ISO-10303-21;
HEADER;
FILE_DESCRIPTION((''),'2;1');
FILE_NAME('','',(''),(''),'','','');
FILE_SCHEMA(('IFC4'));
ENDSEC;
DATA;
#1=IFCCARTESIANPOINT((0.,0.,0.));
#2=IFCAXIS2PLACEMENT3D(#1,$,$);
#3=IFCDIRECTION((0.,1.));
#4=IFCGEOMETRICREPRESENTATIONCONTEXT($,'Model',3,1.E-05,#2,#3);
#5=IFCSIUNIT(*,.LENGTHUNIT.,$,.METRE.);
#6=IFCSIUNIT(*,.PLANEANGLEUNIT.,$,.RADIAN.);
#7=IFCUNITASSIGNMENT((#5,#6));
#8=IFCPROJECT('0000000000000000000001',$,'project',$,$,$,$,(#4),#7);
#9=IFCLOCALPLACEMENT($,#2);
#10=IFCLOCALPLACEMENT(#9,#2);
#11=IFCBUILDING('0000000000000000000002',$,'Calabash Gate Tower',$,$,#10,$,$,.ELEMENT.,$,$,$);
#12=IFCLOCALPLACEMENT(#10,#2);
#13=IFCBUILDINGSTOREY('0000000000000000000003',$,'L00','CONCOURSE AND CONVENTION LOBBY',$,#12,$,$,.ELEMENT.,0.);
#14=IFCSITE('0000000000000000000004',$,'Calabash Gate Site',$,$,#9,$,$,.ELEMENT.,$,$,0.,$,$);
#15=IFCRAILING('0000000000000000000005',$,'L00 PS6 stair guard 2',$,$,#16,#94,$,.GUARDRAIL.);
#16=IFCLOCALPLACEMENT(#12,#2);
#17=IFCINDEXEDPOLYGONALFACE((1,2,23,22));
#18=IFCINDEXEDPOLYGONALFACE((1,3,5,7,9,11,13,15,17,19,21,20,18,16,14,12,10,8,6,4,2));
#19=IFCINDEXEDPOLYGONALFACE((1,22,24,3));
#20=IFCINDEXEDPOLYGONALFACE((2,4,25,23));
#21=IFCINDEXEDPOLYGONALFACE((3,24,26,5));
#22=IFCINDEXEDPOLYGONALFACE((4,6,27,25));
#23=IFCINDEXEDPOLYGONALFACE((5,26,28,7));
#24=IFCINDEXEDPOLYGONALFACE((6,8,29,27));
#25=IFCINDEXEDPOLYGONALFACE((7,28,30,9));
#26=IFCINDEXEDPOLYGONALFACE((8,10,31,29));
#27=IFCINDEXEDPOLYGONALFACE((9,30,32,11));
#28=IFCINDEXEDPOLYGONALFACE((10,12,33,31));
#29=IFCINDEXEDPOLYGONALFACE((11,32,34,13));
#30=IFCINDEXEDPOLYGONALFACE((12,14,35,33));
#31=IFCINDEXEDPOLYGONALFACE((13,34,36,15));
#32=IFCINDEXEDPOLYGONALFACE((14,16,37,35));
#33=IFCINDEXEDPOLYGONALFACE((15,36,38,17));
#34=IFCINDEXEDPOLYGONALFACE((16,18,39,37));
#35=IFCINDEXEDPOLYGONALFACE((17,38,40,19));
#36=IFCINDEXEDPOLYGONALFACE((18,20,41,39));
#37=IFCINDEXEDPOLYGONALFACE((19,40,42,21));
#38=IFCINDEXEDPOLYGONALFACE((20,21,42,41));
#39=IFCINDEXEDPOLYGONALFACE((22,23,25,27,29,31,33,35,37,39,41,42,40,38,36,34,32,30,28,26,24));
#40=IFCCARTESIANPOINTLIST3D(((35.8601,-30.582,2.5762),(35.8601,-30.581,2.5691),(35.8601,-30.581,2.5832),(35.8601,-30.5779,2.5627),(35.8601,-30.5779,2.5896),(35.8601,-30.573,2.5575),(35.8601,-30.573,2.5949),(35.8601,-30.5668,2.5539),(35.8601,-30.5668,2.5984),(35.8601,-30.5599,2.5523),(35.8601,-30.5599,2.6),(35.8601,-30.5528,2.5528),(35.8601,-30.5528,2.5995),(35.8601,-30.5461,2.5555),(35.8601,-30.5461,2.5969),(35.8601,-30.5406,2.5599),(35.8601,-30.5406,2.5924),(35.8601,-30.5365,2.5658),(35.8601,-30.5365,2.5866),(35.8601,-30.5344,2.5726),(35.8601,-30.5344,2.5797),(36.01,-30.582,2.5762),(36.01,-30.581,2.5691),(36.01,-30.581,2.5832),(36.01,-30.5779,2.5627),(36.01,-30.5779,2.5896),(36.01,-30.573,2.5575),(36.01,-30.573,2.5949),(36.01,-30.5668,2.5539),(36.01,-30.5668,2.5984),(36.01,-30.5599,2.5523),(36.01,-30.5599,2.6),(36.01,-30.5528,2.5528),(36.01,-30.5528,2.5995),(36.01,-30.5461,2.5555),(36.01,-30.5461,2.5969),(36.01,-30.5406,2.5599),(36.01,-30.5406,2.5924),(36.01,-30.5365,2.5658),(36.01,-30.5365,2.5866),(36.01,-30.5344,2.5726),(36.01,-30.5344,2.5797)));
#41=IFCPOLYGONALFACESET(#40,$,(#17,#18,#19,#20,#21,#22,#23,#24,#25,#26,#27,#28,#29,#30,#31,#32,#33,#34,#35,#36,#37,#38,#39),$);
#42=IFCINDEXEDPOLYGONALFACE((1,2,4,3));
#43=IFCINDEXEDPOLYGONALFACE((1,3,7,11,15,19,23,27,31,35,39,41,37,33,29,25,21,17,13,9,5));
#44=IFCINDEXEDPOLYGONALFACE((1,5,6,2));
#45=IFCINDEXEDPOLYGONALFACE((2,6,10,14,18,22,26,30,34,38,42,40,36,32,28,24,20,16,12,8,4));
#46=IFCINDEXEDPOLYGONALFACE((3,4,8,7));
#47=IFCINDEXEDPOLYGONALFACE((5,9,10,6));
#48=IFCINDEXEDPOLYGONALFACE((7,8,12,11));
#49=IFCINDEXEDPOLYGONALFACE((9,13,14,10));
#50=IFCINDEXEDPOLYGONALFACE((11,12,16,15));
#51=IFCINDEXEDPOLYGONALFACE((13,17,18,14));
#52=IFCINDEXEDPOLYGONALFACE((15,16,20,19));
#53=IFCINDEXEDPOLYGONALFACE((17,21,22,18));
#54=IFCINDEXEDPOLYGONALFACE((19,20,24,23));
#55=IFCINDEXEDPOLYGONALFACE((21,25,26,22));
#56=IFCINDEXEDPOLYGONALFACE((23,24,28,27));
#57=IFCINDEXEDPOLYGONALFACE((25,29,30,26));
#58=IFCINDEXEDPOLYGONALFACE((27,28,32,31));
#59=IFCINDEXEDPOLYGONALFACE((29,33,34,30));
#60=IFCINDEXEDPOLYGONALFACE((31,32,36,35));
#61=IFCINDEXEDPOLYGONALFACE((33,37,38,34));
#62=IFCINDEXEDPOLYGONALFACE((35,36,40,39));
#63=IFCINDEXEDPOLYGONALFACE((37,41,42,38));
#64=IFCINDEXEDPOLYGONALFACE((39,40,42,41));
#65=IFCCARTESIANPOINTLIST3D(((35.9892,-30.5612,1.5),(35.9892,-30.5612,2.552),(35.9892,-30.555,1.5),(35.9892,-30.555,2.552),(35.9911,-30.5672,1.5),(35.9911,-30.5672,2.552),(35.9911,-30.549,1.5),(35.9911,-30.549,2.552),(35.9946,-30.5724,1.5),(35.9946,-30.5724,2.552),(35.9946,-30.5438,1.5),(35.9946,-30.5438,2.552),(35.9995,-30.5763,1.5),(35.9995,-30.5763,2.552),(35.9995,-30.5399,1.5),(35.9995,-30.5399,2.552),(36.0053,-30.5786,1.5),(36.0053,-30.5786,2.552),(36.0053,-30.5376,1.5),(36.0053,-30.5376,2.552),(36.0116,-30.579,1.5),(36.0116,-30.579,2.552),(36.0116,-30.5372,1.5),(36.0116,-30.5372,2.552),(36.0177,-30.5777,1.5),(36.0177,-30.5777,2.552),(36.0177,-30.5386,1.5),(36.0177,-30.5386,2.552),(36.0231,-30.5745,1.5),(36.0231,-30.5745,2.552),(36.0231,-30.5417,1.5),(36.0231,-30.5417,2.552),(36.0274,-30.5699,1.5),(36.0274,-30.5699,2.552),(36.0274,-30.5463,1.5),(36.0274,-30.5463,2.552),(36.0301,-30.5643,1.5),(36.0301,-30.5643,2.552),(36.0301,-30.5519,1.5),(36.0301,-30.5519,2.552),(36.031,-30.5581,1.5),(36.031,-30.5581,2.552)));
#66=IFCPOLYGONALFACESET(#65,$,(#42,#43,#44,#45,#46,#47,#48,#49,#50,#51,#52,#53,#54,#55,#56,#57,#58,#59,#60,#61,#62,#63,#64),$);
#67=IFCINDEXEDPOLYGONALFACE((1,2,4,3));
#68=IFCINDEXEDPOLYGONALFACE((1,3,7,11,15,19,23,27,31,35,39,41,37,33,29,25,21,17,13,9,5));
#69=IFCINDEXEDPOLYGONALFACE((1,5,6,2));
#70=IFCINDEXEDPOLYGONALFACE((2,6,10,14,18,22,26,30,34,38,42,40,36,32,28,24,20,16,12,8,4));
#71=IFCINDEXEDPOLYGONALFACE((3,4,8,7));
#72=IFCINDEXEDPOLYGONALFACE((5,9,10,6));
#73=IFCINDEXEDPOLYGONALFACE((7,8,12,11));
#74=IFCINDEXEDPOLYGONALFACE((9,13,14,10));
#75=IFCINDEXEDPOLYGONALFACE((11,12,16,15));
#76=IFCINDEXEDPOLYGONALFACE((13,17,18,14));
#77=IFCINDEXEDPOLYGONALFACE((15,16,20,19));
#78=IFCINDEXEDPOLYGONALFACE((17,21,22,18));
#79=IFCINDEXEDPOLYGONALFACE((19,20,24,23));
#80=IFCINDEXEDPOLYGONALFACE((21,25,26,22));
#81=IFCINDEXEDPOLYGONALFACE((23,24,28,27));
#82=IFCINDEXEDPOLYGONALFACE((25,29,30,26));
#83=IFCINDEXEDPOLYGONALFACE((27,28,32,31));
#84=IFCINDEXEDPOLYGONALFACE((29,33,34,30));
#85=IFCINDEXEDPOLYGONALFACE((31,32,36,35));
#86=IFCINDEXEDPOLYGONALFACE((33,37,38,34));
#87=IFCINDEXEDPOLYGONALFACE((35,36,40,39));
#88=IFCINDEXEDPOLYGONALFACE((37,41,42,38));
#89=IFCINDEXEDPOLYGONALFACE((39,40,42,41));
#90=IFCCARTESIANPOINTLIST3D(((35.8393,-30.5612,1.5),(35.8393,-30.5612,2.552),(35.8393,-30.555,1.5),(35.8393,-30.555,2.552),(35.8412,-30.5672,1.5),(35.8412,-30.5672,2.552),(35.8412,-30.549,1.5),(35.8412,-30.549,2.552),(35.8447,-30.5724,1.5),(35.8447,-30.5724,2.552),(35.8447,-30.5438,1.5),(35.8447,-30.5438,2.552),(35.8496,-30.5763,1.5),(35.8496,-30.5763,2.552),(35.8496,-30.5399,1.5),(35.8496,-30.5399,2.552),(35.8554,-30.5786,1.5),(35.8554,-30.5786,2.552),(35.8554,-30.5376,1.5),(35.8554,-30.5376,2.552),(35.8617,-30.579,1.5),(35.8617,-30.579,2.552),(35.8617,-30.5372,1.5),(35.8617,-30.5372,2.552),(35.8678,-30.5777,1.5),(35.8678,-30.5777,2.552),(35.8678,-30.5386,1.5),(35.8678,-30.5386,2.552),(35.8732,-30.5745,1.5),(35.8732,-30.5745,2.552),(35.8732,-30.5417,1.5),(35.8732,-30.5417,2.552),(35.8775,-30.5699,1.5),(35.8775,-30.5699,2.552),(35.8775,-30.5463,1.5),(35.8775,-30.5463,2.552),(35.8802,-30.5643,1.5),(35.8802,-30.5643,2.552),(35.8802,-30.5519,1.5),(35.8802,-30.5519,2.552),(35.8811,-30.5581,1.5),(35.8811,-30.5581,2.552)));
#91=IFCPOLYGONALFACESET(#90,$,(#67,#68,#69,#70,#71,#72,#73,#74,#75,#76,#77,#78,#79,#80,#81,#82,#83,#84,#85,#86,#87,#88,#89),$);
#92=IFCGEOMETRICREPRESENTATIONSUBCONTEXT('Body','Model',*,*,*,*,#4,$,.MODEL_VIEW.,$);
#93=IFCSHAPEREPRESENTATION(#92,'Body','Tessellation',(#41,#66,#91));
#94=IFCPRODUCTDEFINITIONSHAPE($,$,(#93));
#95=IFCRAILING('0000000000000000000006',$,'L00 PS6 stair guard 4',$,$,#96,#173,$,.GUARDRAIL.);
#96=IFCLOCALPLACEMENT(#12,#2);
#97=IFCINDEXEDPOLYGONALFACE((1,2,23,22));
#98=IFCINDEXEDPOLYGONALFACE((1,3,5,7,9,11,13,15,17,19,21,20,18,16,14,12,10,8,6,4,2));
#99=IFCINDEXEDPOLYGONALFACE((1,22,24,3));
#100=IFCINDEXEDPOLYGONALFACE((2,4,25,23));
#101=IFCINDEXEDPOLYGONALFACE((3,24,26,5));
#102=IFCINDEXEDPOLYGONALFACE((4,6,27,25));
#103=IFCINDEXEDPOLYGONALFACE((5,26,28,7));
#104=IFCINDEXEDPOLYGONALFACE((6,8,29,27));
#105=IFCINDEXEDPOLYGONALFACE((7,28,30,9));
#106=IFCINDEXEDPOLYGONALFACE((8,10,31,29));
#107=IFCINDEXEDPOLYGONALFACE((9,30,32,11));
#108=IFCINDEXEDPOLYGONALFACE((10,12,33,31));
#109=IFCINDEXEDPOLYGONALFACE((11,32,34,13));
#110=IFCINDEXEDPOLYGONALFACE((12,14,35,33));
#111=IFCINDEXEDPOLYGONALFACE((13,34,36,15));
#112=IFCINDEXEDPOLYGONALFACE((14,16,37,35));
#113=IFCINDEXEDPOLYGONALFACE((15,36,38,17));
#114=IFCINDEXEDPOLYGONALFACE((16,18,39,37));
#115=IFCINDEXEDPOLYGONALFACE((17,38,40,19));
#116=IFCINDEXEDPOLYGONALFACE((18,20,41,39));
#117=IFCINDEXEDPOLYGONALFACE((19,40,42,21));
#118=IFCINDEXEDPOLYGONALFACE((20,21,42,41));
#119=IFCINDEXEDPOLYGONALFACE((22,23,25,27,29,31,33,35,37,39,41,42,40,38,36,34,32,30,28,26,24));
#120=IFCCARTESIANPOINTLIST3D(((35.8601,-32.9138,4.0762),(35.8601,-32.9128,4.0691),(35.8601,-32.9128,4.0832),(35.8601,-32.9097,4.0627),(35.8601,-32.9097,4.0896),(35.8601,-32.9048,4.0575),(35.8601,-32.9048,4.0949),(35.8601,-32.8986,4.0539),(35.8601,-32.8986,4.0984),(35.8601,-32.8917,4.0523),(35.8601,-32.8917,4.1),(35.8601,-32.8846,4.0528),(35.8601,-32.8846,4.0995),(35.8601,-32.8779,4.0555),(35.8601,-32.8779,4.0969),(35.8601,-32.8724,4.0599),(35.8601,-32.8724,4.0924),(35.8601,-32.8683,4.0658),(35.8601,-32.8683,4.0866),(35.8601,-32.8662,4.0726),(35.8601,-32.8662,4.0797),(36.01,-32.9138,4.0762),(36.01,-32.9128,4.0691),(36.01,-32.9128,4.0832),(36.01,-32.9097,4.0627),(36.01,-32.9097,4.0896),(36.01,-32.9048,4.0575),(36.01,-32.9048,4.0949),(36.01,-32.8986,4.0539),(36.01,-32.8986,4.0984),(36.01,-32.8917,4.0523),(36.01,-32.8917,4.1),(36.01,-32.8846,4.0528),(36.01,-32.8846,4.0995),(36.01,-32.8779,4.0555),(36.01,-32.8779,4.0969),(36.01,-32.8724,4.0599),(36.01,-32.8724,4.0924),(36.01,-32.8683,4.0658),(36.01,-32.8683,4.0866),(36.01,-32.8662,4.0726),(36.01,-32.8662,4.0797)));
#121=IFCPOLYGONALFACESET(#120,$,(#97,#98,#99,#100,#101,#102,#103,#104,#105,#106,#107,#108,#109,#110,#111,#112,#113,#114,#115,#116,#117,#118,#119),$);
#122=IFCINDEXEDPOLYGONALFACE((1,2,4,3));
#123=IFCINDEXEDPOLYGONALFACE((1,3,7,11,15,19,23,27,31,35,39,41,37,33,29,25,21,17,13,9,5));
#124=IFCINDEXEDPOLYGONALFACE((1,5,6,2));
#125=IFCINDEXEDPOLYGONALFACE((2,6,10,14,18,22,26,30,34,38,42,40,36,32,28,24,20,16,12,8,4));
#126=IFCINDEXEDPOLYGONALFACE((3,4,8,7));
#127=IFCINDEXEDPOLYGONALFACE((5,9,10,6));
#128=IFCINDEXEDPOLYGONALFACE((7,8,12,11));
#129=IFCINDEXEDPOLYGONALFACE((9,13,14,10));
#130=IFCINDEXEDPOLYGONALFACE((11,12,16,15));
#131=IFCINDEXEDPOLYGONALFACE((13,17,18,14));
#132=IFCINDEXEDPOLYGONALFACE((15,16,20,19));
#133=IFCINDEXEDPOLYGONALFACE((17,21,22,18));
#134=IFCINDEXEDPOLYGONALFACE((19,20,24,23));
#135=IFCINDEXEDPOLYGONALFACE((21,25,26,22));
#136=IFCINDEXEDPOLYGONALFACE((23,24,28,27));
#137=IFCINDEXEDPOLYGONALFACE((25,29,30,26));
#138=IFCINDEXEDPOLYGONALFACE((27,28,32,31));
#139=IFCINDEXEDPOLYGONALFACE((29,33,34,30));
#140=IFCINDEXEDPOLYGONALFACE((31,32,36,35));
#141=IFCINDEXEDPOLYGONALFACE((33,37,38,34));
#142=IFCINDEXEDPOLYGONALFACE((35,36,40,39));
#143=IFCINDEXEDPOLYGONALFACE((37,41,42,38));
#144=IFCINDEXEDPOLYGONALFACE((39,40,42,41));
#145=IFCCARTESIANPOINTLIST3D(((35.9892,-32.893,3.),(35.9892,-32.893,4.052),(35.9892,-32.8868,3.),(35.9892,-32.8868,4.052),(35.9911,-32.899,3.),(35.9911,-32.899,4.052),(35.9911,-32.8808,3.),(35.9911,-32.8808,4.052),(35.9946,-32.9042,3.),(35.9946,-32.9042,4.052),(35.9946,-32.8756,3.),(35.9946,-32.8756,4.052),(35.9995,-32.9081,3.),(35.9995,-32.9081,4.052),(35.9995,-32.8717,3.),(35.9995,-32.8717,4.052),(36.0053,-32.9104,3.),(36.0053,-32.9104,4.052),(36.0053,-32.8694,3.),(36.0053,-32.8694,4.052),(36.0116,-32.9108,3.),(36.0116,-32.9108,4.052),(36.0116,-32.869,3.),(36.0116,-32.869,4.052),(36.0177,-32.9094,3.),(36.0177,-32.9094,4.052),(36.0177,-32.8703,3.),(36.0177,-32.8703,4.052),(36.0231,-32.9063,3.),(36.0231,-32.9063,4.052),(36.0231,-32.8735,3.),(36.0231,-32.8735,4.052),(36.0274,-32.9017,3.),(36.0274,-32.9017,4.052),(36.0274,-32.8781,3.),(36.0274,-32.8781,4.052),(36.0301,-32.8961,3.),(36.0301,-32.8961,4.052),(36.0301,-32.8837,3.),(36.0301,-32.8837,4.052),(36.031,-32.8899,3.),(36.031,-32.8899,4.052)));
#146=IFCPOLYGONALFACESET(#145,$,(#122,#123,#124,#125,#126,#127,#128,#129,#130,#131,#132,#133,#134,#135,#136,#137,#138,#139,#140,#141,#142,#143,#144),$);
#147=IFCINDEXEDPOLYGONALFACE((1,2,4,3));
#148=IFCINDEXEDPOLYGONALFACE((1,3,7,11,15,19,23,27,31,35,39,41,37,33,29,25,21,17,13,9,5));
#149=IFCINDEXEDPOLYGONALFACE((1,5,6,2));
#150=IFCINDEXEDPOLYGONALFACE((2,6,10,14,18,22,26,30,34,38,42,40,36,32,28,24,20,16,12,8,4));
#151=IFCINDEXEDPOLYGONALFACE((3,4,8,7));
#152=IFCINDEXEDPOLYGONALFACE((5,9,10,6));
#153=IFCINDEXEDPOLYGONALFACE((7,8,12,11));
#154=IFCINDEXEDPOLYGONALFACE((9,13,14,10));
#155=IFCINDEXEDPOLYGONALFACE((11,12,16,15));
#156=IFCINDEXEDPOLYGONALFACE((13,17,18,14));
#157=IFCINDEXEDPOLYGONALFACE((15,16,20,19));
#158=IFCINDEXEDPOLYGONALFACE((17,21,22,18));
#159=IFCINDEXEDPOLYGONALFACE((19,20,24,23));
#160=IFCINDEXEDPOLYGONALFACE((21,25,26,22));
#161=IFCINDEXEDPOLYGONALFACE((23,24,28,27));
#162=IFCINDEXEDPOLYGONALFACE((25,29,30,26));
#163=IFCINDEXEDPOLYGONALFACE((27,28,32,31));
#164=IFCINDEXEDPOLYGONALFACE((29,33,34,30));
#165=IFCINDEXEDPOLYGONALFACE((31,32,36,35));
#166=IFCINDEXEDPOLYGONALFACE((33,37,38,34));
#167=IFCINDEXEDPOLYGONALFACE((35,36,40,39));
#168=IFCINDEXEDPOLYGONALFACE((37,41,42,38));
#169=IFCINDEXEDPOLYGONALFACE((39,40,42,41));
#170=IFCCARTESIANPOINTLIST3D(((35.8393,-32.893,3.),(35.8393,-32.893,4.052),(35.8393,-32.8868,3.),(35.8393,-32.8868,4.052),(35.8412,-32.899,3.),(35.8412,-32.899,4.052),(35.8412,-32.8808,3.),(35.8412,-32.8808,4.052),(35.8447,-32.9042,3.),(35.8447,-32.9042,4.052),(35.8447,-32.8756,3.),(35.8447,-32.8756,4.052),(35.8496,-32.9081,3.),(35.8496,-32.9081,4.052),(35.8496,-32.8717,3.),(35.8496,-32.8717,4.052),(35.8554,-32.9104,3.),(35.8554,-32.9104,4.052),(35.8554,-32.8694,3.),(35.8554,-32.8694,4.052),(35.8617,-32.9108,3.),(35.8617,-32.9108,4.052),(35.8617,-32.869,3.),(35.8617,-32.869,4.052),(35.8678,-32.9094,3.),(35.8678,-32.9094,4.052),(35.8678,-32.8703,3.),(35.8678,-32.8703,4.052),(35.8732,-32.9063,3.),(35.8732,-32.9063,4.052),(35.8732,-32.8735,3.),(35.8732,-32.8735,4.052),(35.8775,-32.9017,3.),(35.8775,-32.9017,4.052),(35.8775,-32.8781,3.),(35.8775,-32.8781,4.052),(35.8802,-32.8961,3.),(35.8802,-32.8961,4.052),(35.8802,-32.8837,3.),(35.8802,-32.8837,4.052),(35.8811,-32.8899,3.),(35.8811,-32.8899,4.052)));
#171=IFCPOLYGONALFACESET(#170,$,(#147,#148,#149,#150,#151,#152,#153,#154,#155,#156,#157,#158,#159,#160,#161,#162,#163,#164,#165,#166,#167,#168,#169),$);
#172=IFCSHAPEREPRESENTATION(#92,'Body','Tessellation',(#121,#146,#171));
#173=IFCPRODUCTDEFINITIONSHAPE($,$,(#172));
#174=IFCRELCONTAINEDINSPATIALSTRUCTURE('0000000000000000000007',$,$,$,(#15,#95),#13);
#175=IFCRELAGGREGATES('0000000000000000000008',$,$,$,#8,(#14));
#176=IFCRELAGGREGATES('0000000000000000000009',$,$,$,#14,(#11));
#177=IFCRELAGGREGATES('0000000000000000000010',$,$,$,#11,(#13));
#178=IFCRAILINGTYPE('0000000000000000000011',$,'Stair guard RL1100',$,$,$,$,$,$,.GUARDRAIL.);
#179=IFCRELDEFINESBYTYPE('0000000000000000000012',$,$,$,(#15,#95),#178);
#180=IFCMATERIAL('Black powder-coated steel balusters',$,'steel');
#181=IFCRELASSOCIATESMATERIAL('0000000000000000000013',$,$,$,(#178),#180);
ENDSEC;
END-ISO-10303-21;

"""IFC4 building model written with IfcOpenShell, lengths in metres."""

from ifc_helpers import new_model, si_unit, direction, frame, origin, origin_2d, place, context, subcontext, project, spatial, circle, extrude, material, type_object, element, save


model = new_model("IFC4")

# Units and contexts
model_context = context("Model", 3, precision=1e-05, world=origin(), true_north=direction((0.0, 1.0)))
body_context = subcontext(model_context, "Body", "Model", "MODEL_VIEW")
ifc_project = project(units=[si_unit("LENGTHUNIT", "METRE"), si_unit("PLANEANGLEUNIT", "RADIAN")], contexts=[model_context])

# Site, building, storey
site_placement = place(None, origin())
site = spatial("IfcSite", under=ifc_project, at=site_placement, Name="Calabash Gate Site", CompositionType="ELEMENT", RefElevation=0.0)
building_placement = place(site_placement, origin())
building = spatial("IfcBuilding", under=site, at=building_placement, Name="Calabash Gate Tower", CompositionType="ELEMENT")
storey_placement = place(building_placement, origin())
storey = spatial("IfcBuildingStorey", under=building, at=storey_placement, Name="L00", Description="CONCOURSE AND CONVENTION LOBBY", CompositionType="ELEMENT", Elevation=0.0)

# Railings
ifc_material_1 = material(Name="Black powder-coated steel balusters", Category="steel")
railing_type_1 = type_object("IfcRailingType", Name="Stair guard RL1100", PredefinedType="GUARDRAIL", material=ifc_material_1)
for number, where, name in (
    (1, (36.01, -30.5581, 1.5), "L00 PS6 stair guard 2"),
    (2, (36.01, -32.8899, 3.0), "L00 PS6 stair guard 4"),
):
    element("IfcRailing", number, at=place(storey_placement, frame(where)), inside=storey, type_object=railing_type_1, Name=name, PredefinedType="GUARDRAIL", context=body_context, shape_type="SweptSolid", body=[
        extrude(circle(Radius=0.0239, at=origin_2d()), frame((0.0, 0.0, 1.0762), z_axis=(-1.0, 0.0, 0.0), x_axis=(0.0, -1.0, 0.0)), (0.0, 0.0, 1.0), 0.1499),
        extrude(circle(Radius=0.021, at=origin_2d()), origin(), (0.0, 0.0, 1.0), 1.052),
        extrude(circle(Radius=0.021, at=origin_2d()), frame((-0.1499, 0.0, 0.0)), (0.0, 0.0, 1.0), 1.052),
    ])

save(model, "model.ifc")
